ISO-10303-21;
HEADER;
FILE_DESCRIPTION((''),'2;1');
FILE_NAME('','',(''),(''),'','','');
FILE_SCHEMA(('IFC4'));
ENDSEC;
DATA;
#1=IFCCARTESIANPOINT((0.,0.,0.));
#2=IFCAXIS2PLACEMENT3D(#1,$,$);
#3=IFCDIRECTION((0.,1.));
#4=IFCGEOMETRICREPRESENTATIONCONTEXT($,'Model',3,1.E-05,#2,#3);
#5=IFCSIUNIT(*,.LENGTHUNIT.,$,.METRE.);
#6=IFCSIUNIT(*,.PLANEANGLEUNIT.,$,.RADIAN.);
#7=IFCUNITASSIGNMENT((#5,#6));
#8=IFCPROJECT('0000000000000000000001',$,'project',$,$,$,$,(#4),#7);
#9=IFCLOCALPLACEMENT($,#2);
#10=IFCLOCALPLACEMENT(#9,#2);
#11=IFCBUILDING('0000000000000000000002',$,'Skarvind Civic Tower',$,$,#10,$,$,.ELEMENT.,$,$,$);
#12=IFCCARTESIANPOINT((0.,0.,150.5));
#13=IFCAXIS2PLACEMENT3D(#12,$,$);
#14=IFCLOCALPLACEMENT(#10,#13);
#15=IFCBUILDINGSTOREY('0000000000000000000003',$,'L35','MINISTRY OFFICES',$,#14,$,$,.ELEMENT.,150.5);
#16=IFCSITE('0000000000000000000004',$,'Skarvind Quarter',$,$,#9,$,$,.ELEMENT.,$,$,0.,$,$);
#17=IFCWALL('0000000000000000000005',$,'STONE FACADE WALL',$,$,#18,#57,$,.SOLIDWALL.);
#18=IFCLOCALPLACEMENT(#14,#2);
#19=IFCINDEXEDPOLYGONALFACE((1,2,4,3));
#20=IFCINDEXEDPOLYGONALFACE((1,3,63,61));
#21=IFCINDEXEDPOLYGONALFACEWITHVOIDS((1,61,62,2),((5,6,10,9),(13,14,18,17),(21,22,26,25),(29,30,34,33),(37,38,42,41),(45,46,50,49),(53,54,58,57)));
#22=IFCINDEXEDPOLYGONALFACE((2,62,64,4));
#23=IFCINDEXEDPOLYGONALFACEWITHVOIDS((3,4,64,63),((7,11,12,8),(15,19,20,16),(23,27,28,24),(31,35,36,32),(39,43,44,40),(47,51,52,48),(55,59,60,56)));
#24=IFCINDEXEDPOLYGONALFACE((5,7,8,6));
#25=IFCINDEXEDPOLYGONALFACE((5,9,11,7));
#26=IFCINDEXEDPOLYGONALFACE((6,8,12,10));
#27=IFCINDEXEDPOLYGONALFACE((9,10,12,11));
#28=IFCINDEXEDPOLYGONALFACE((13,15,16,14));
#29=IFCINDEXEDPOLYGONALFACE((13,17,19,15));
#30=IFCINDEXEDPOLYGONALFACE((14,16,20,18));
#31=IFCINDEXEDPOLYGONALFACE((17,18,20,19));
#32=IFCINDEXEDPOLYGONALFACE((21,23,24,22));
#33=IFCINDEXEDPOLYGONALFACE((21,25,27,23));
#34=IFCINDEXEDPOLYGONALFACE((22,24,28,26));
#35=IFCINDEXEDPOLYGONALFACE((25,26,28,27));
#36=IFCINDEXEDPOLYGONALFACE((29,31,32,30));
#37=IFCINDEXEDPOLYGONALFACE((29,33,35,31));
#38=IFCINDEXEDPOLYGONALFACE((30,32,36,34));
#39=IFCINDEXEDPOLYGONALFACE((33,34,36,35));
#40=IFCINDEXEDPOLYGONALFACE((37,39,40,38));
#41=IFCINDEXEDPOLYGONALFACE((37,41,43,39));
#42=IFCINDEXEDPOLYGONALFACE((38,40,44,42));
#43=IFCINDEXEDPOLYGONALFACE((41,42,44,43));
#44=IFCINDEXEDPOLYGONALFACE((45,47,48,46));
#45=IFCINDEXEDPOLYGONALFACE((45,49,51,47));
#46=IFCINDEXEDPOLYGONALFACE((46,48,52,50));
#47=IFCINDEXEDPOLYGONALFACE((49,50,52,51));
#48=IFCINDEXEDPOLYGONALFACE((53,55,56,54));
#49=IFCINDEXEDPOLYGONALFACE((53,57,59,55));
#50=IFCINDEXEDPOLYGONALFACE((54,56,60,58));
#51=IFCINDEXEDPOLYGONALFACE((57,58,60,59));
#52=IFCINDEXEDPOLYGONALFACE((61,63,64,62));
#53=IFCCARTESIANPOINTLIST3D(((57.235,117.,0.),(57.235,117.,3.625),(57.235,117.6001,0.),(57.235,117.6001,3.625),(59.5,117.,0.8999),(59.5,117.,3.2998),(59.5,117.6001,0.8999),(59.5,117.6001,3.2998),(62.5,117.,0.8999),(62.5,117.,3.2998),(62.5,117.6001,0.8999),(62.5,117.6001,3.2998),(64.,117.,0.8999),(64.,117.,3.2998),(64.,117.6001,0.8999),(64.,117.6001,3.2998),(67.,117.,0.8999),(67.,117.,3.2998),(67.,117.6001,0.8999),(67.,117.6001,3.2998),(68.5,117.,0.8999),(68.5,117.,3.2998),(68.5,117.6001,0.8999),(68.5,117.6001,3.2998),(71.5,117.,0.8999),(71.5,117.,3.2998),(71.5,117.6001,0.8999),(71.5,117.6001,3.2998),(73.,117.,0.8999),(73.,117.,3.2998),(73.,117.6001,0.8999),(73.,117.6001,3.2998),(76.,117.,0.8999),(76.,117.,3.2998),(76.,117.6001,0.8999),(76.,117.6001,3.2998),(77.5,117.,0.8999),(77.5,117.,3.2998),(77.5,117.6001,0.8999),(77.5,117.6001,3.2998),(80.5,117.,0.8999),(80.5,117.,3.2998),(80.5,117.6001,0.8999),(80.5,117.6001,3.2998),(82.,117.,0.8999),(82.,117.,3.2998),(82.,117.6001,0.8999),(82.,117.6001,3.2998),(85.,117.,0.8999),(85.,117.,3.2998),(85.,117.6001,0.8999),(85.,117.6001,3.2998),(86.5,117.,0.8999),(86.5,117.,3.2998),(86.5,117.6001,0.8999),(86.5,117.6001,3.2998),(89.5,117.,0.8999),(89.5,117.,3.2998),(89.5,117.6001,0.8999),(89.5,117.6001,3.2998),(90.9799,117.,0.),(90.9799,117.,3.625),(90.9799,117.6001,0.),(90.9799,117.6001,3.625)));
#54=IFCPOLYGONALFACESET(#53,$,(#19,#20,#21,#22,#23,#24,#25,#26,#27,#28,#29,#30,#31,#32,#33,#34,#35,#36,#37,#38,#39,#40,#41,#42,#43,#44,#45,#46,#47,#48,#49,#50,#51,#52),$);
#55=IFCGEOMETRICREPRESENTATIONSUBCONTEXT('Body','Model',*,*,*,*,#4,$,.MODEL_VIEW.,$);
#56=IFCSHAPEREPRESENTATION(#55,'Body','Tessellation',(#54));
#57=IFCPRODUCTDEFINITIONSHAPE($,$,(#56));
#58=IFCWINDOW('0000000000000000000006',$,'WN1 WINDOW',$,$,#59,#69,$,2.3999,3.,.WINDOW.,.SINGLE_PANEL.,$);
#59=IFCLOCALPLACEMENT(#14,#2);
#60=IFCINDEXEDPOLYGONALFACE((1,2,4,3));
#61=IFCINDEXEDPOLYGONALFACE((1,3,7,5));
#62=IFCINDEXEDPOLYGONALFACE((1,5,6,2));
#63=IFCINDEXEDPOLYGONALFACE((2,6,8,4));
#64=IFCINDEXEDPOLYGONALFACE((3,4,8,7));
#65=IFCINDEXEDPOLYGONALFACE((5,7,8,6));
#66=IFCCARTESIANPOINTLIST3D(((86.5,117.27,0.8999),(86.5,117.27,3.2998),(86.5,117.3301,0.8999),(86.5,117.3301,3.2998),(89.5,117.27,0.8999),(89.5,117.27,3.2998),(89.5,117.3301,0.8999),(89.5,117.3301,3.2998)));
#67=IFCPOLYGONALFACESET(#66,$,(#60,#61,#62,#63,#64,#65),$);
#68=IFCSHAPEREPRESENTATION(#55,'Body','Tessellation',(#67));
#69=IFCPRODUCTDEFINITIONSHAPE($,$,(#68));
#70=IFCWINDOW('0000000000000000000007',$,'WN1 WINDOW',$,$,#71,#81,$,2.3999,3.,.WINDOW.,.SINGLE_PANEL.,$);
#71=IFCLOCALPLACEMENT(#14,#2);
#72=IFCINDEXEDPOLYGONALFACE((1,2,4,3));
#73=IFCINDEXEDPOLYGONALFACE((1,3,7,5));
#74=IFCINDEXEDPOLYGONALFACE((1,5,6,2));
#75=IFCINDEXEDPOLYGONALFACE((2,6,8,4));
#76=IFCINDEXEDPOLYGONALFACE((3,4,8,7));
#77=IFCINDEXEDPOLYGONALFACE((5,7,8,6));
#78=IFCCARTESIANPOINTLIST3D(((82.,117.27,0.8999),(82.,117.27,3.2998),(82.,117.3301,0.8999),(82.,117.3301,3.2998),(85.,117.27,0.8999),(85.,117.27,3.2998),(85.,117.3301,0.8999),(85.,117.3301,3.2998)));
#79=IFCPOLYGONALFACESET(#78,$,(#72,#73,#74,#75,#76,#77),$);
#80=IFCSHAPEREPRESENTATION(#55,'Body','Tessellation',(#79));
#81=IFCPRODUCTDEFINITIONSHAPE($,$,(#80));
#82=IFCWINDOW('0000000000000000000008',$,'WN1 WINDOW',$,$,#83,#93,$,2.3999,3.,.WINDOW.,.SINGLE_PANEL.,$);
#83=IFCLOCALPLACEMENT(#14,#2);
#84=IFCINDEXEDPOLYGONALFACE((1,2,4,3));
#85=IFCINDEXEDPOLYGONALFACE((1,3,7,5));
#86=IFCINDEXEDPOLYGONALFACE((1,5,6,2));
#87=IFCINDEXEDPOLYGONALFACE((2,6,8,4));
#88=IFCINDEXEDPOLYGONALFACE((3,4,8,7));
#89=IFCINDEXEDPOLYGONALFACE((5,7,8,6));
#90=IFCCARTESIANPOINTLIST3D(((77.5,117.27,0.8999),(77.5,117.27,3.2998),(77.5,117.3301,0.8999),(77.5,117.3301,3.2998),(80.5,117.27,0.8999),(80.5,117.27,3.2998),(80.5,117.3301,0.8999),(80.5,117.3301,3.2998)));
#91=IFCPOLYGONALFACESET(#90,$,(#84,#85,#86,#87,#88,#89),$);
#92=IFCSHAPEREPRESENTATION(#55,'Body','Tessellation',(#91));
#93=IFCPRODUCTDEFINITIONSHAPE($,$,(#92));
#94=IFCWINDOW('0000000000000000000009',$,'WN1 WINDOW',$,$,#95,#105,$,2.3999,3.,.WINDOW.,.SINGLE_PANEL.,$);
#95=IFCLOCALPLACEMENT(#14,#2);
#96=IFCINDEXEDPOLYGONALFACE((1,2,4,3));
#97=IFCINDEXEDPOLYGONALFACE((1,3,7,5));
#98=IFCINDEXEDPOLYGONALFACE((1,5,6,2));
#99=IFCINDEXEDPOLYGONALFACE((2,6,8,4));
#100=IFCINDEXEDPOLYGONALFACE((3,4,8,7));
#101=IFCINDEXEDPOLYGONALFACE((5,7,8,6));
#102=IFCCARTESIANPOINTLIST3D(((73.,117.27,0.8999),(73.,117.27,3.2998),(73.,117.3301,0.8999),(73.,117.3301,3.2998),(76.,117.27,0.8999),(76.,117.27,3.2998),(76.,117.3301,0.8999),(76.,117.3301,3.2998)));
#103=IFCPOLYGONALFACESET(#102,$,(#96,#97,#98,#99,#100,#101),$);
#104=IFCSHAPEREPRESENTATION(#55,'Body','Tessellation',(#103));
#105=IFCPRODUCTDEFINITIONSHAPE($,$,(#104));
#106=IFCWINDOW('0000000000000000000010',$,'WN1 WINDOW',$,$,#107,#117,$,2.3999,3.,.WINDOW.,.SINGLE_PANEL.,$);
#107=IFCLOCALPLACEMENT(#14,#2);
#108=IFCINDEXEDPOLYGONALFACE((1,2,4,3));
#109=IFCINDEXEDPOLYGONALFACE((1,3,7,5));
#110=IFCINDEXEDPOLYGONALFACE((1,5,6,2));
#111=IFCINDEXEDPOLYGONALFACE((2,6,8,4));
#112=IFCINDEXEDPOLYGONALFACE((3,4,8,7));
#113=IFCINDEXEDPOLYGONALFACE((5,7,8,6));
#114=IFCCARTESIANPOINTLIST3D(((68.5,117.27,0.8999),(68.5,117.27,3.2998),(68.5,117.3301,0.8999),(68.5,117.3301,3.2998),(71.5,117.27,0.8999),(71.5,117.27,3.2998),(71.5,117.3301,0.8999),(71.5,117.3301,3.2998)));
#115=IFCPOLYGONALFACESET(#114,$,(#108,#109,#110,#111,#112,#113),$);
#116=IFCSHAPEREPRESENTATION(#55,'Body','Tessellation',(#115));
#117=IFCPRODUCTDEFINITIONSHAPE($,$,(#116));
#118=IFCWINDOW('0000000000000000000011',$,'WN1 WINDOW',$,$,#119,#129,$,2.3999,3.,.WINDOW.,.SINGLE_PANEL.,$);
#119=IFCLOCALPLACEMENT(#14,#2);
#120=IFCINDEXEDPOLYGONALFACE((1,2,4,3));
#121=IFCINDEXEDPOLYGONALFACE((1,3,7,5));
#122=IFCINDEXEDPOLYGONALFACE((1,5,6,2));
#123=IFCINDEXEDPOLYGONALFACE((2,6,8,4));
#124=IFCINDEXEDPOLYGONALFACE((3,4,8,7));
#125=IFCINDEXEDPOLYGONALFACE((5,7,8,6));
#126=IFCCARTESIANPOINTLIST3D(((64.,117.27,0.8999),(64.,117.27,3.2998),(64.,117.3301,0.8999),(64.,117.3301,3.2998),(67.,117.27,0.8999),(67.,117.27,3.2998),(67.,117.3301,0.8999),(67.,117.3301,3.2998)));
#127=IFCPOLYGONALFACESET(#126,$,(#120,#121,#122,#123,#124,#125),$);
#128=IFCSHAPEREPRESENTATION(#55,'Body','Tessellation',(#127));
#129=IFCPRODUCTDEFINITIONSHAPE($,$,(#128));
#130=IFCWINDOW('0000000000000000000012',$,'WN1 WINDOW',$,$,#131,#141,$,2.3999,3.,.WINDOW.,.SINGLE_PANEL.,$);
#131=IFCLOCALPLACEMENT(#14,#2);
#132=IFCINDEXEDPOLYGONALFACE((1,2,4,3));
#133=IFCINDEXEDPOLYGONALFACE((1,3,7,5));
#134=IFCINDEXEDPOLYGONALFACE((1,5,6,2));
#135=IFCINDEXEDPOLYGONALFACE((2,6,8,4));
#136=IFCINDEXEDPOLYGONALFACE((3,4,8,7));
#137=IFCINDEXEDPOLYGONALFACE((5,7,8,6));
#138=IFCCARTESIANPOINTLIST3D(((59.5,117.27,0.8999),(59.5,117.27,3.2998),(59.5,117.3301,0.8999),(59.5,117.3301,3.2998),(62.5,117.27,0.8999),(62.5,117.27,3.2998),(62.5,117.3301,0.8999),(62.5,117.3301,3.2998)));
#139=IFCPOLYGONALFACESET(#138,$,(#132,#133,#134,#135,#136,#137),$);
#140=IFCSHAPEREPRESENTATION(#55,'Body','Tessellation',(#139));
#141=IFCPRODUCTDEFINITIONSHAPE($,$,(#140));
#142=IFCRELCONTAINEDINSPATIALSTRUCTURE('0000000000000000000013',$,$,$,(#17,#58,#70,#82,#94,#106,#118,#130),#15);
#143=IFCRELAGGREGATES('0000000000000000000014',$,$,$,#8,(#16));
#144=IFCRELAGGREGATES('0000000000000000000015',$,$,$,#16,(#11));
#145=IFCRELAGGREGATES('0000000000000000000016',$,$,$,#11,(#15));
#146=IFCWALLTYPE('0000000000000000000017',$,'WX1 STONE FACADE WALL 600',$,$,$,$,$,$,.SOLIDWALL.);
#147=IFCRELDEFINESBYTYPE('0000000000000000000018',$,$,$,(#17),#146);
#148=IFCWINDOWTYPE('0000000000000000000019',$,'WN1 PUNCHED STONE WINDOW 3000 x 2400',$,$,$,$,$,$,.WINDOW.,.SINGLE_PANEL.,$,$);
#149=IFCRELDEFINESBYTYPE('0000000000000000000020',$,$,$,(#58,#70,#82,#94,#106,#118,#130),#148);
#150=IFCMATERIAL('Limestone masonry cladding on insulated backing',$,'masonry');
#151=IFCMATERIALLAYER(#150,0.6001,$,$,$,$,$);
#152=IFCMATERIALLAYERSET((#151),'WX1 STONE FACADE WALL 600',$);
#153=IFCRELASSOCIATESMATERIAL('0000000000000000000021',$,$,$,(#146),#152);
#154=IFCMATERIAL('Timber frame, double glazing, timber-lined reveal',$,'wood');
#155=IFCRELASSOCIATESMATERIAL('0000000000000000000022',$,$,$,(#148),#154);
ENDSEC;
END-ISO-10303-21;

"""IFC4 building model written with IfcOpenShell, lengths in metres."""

from ifc_helpers import new_model, si_unit, direction, frame, frame_2d, origin, place, context, subcontext, project, spatial, rectangle, extrude, material, layer, layer_set, type_object, element, fill, save


model = new_model("IFC4")

# Units and contexts
model_context = context("Model", 3, precision=1e-05, world=origin(), true_north=direction((0.0, 1.0)))
body_context = subcontext(model_context, "Body", "Model", "MODEL_VIEW")
ifc_project = project(units=[si_unit("LENGTHUNIT", "METRE"), si_unit("PLANEANGLEUNIT", "RADIAN")], contexts=[model_context])

# Site, building, storey
site_placement = place(None, origin())
site = spatial("IfcSite", under=ifc_project, at=site_placement, Name="Skarvind Quarter", CompositionType="ELEMENT", RefElevation=0.0)
building_placement = place(site_placement, origin())
building = spatial("IfcBuilding", under=site, at=building_placement, Name="Skarvind Civic Tower", CompositionType="ELEMENT")
storey_placement = place(building_placement, frame((0.0, 0.0, 150.5)))
storey = spatial("IfcBuildingStorey", under=building, at=storey_placement, Name="L35", Description="MINISTRY OFFICES", CompositionType="ELEMENT", Elevation=150.5)

# Shared definitions
ifc_material_1 = material(Name="Limestone masonry cladding on insulated backing", Category="masonry")
ifc_layer_1 = layer(ifc_material_1, 0.6001)
ifc_layer_set_1 = layer_set([ifc_layer_1], Name="WX1 STONE FACADE WALL 600")
wall_type_1 = type_object("IfcWallType", Name="WX1 STONE FACADE WALL 600", PredefinedType="SOLIDWALL", material=ifc_layer_set_1)

# Wall, openings, windows
wall_1_placement = place(storey_placement, frame((90.98, 117.3, 0.0), z_axis=(0.0, 0.0, 1.0), x_axis=(-1.0, 0.0, 0.0)))
wall_1 = element("IfcWall", 1, at=wall_1_placement, inside=storey, type_object=wall_type_1, Name="STONE FACADE WALL", PredefinedType="SOLIDWALL", context=body_context, shape_type="SweptSolid", body=[
    extrude(rectangle(XDim=33.7449, YDim=0.6001, at=frame_2d((16.8726, 0.0))), origin(), (0.0, 0.0, 1.0), 3.625),
])
opening_1_placement = place(wall_1_placement, frame((1.48, 0.0, 0.8999)))
opening_1 = element("IfcOpeningElement", 2, at=opening_1_placement, cuts=wall_1, PredefinedType="OPENING", context=body_context, shape_type="SweptSolid", body=[
    extrude(rectangle(XDim=3.0, YDim=2.3999, at=frame_2d((1.5, 1.2))), frame((0.0, 0.3101, 0.0), z_axis=(0.0, -1.0, 0.0), x_axis=(1.0, 0.0, 0.0)), (0.0, 0.0, 1.0), 0.6201),
])
opening_2_placement = place(wall_1_placement, frame((5.98, 0.0, 0.8999)))
opening_2 = element("IfcOpeningElement", 3, at=opening_2_placement, cuts=wall_1, PredefinedType="OPENING", context=body_context, shape_type="SweptSolid", body=[
    extrude(rectangle(XDim=3.0, YDim=2.3999, at=frame_2d((1.5, 1.2))), frame((0.0, 0.3101, 0.0), z_axis=(0.0, -1.0, 0.0), x_axis=(1.0, 0.0, 0.0)), (0.0, 0.0, 1.0), 0.6201),
])
opening_3_placement = place(wall_1_placement, frame((10.48, 0.0, 0.8999)))
opening_3 = element("IfcOpeningElement", 4, at=opening_3_placement, cuts=wall_1, PredefinedType="OPENING", context=body_context, shape_type="SweptSolid", body=[
    extrude(rectangle(XDim=3.0, YDim=2.3999, at=frame_2d((1.5, 1.2))), frame((0.0, 0.3101, 0.0), z_axis=(0.0, -1.0, 0.0), x_axis=(1.0, 0.0, 0.0)), (0.0, 0.0, 1.0), 0.6201),
])
opening_4_placement = place(wall_1_placement, frame((14.98, 0.0, 0.8999)))
opening_4 = element("IfcOpeningElement", 5, at=opening_4_placement, cuts=wall_1, PredefinedType="OPENING", context=body_context, shape_type="SweptSolid", body=[
    extrude(rectangle(XDim=3.0, YDim=2.3999, at=frame_2d((1.5, 1.2))), frame((0.0, 0.3101, 0.0), z_axis=(0.0, -1.0, 0.0), x_axis=(1.0, 0.0, 0.0)), (0.0, 0.0, 1.0), 0.6201),
])
opening_5_placement = place(wall_1_placement, frame((19.48, 0.0, 0.8999)))
opening_5 = element("IfcOpeningElement", 6, at=opening_5_placement, cuts=wall_1, PredefinedType="OPENING", context=body_context, shape_type="SweptSolid", body=[
    extrude(rectangle(XDim=3.0, YDim=2.3999, at=frame_2d((1.5, 1.2))), frame((0.0, 0.3101, 0.0), z_axis=(0.0, -1.0, 0.0), x_axis=(1.0, 0.0, 0.0)), (0.0, 0.0, 1.0), 0.6201),
])
opening_6_placement = place(wall_1_placement, frame((23.98, 0.0, 0.8999)))
opening_6 = element("IfcOpeningElement", 7, at=opening_6_placement, cuts=wall_1, PredefinedType="OPENING", context=body_context, shape_type="SweptSolid", body=[
    extrude(rectangle(XDim=3.0, YDim=2.3999, at=frame_2d((1.5, 1.2))), frame((0.0, 0.3101, 0.0), z_axis=(0.0, -1.0, 0.0), x_axis=(1.0, 0.0, 0.0)), (0.0, 0.0, 1.0), 0.6201),
])
opening_7_placement = place(wall_1_placement, frame((28.48, 0.0, 0.8999)))
opening_7 = element("IfcOpeningElement", 8, at=opening_7_placement, cuts=wall_1, PredefinedType="OPENING", context=body_context, shape_type="SweptSolid", body=[
    extrude(rectangle(XDim=3.0, YDim=2.3999, at=frame_2d((1.5, 1.2))), frame((0.0, 0.3101, 0.0), z_axis=(0.0, -1.0, 0.0), x_axis=(1.0, 0.0, 0.0)), (0.0, 0.0, 1.0), 0.6201),
])
ifc_material_2 = material(Name="Timber frame, double glazing, timber-lined reveal", Category="wood")
window_type = type_object("IfcWindowType", Name="WN1 PUNCHED STONE WINDOW 3000 x 2400", PartitioningType="SINGLE_PANEL", PredefinedType="WINDOW", material=ifc_material_2)
window_1_placement = place(opening_1_placement, origin())
window_1 = element("IfcWindow", 9, at=window_1_placement, inside=storey, type_object=window_type, Name="WN1 WINDOW", OverallHeight=2.3999, OverallWidth=3.0, PartitioningType="SINGLE_PANEL", PredefinedType="WINDOW", context=body_context, shape_type="SweptSolid", body=[
    extrude(rectangle(XDim=3.0, YDim=2.3999, at=frame_2d((1.5, 1.2))), frame((0.0, 0.03, 0.0), z_axis=(0.0, -1.0, 0.0), x_axis=(1.0, 0.0, 0.0)), (0.0, 0.0, 1.0), 0.0601),
])
fill(opening_1, window_1)
window_2_placement = place(opening_2_placement, origin())
window_2 = element("IfcWindow", 10, at=window_2_placement, inside=storey, type_object=window_type, Name="WN1 WINDOW", OverallHeight=2.3999, OverallWidth=3.0, PartitioningType="SINGLE_PANEL", PredefinedType="WINDOW", context=body_context, shape_type="SweptSolid", body=[
    extrude(rectangle(XDim=3.0, YDim=2.3999, at=frame_2d((1.5, 1.2))), frame((0.0, 0.03, 0.0), z_axis=(0.0, -1.0, 0.0), x_axis=(1.0, 0.0, 0.0)), (0.0, 0.0, 1.0), 0.0601),
])
fill(opening_2, window_2)
window_3_placement = place(opening_3_placement, origin())
window_3 = element("IfcWindow", 11, at=window_3_placement, inside=storey, type_object=window_type, Name="WN1 WINDOW", OverallHeight=2.3999, OverallWidth=3.0, PartitioningType="SINGLE_PANEL", PredefinedType="WINDOW", context=body_context, shape_type="SweptSolid", body=[
    extrude(rectangle(XDim=3.0, YDim=2.3999, at=frame_2d((1.5, 1.2))), frame((0.0, 0.03, 0.0), z_axis=(0.0, -1.0, 0.0), x_axis=(1.0, 0.0, 0.0)), (0.0, 0.0, 1.0), 0.0601),
])
fill(opening_3, window_3)
window_4_placement = place(opening_4_placement, origin())
window_4 = element("IfcWindow", 12, at=window_4_placement, inside=storey, type_object=window_type, Name="WN1 WINDOW", OverallHeight=2.3999, OverallWidth=3.0, PartitioningType="SINGLE_PANEL", PredefinedType="WINDOW", context=body_context, shape_type="SweptSolid", body=[
    extrude(rectangle(XDim=3.0, YDim=2.3999, at=frame_2d((1.5, 1.2))), frame((0.0, 0.03, 0.0), z_axis=(0.0, -1.0, 0.0), x_axis=(1.0, 0.0, 0.0)), (0.0, 0.0, 1.0), 0.0601),
])
fill(opening_4, window_4)
window_5_placement = place(opening_5_placement, origin())
window_5 = element("IfcWindow", 13, at=window_5_placement, inside=storey, type_object=window_type, Name="WN1 WINDOW", OverallHeight=2.3999, OverallWidth=3.0, PartitioningType="SINGLE_PANEL", PredefinedType="WINDOW", context=body_context, shape_type="SweptSolid", body=[
    extrude(rectangle(XDim=3.0, YDim=2.3999, at=frame_2d((1.5, 1.2))), frame((0.0, 0.03, 0.0), z_axis=(0.0, -1.0, 0.0), x_axis=(1.0, 0.0, 0.0)), (0.0, 0.0, 1.0), 0.0601),
])
fill(opening_5, window_5)
window_6_placement = place(opening_6_placement, origin())
window_6 = element("IfcWindow", 14, at=window_6_placement, inside=storey, type_object=window_type, Name="WN1 WINDOW", OverallHeight=2.3999, OverallWidth=3.0, PartitioningType="SINGLE_PANEL", PredefinedType="WINDOW", context=body_context, shape_type="SweptSolid", body=[
    extrude(rectangle(XDim=3.0, YDim=2.3999, at=frame_2d((1.5, 1.2))), frame((0.0, 0.03, 0.0), z_axis=(0.0, -1.0, 0.0), x_axis=(1.0, 0.0, 0.0)), (0.0, 0.0, 1.0), 0.0601),
])
fill(opening_6, window_6)
window_7_placement = place(opening_7_placement, origin())
window_7 = element("IfcWindow", 15, at=window_7_placement, inside=storey, type_object=window_type, Name="WN1 WINDOW", OverallHeight=2.3999, OverallWidth=3.0, PartitioningType="SINGLE_PANEL", PredefinedType="WINDOW", context=body_context, shape_type="SweptSolid", body=[
    extrude(rectangle(XDim=3.0, YDim=2.3999, at=frame_2d((1.5, 1.2))), frame((0.0, 0.03, 0.0), z_axis=(0.0, -1.0, 0.0), x_axis=(1.0, 0.0, 0.0)), (0.0, 0.0, 1.0), 0.0601),
])
fill(opening_7, window_7)

save(model, "model.ifc")
